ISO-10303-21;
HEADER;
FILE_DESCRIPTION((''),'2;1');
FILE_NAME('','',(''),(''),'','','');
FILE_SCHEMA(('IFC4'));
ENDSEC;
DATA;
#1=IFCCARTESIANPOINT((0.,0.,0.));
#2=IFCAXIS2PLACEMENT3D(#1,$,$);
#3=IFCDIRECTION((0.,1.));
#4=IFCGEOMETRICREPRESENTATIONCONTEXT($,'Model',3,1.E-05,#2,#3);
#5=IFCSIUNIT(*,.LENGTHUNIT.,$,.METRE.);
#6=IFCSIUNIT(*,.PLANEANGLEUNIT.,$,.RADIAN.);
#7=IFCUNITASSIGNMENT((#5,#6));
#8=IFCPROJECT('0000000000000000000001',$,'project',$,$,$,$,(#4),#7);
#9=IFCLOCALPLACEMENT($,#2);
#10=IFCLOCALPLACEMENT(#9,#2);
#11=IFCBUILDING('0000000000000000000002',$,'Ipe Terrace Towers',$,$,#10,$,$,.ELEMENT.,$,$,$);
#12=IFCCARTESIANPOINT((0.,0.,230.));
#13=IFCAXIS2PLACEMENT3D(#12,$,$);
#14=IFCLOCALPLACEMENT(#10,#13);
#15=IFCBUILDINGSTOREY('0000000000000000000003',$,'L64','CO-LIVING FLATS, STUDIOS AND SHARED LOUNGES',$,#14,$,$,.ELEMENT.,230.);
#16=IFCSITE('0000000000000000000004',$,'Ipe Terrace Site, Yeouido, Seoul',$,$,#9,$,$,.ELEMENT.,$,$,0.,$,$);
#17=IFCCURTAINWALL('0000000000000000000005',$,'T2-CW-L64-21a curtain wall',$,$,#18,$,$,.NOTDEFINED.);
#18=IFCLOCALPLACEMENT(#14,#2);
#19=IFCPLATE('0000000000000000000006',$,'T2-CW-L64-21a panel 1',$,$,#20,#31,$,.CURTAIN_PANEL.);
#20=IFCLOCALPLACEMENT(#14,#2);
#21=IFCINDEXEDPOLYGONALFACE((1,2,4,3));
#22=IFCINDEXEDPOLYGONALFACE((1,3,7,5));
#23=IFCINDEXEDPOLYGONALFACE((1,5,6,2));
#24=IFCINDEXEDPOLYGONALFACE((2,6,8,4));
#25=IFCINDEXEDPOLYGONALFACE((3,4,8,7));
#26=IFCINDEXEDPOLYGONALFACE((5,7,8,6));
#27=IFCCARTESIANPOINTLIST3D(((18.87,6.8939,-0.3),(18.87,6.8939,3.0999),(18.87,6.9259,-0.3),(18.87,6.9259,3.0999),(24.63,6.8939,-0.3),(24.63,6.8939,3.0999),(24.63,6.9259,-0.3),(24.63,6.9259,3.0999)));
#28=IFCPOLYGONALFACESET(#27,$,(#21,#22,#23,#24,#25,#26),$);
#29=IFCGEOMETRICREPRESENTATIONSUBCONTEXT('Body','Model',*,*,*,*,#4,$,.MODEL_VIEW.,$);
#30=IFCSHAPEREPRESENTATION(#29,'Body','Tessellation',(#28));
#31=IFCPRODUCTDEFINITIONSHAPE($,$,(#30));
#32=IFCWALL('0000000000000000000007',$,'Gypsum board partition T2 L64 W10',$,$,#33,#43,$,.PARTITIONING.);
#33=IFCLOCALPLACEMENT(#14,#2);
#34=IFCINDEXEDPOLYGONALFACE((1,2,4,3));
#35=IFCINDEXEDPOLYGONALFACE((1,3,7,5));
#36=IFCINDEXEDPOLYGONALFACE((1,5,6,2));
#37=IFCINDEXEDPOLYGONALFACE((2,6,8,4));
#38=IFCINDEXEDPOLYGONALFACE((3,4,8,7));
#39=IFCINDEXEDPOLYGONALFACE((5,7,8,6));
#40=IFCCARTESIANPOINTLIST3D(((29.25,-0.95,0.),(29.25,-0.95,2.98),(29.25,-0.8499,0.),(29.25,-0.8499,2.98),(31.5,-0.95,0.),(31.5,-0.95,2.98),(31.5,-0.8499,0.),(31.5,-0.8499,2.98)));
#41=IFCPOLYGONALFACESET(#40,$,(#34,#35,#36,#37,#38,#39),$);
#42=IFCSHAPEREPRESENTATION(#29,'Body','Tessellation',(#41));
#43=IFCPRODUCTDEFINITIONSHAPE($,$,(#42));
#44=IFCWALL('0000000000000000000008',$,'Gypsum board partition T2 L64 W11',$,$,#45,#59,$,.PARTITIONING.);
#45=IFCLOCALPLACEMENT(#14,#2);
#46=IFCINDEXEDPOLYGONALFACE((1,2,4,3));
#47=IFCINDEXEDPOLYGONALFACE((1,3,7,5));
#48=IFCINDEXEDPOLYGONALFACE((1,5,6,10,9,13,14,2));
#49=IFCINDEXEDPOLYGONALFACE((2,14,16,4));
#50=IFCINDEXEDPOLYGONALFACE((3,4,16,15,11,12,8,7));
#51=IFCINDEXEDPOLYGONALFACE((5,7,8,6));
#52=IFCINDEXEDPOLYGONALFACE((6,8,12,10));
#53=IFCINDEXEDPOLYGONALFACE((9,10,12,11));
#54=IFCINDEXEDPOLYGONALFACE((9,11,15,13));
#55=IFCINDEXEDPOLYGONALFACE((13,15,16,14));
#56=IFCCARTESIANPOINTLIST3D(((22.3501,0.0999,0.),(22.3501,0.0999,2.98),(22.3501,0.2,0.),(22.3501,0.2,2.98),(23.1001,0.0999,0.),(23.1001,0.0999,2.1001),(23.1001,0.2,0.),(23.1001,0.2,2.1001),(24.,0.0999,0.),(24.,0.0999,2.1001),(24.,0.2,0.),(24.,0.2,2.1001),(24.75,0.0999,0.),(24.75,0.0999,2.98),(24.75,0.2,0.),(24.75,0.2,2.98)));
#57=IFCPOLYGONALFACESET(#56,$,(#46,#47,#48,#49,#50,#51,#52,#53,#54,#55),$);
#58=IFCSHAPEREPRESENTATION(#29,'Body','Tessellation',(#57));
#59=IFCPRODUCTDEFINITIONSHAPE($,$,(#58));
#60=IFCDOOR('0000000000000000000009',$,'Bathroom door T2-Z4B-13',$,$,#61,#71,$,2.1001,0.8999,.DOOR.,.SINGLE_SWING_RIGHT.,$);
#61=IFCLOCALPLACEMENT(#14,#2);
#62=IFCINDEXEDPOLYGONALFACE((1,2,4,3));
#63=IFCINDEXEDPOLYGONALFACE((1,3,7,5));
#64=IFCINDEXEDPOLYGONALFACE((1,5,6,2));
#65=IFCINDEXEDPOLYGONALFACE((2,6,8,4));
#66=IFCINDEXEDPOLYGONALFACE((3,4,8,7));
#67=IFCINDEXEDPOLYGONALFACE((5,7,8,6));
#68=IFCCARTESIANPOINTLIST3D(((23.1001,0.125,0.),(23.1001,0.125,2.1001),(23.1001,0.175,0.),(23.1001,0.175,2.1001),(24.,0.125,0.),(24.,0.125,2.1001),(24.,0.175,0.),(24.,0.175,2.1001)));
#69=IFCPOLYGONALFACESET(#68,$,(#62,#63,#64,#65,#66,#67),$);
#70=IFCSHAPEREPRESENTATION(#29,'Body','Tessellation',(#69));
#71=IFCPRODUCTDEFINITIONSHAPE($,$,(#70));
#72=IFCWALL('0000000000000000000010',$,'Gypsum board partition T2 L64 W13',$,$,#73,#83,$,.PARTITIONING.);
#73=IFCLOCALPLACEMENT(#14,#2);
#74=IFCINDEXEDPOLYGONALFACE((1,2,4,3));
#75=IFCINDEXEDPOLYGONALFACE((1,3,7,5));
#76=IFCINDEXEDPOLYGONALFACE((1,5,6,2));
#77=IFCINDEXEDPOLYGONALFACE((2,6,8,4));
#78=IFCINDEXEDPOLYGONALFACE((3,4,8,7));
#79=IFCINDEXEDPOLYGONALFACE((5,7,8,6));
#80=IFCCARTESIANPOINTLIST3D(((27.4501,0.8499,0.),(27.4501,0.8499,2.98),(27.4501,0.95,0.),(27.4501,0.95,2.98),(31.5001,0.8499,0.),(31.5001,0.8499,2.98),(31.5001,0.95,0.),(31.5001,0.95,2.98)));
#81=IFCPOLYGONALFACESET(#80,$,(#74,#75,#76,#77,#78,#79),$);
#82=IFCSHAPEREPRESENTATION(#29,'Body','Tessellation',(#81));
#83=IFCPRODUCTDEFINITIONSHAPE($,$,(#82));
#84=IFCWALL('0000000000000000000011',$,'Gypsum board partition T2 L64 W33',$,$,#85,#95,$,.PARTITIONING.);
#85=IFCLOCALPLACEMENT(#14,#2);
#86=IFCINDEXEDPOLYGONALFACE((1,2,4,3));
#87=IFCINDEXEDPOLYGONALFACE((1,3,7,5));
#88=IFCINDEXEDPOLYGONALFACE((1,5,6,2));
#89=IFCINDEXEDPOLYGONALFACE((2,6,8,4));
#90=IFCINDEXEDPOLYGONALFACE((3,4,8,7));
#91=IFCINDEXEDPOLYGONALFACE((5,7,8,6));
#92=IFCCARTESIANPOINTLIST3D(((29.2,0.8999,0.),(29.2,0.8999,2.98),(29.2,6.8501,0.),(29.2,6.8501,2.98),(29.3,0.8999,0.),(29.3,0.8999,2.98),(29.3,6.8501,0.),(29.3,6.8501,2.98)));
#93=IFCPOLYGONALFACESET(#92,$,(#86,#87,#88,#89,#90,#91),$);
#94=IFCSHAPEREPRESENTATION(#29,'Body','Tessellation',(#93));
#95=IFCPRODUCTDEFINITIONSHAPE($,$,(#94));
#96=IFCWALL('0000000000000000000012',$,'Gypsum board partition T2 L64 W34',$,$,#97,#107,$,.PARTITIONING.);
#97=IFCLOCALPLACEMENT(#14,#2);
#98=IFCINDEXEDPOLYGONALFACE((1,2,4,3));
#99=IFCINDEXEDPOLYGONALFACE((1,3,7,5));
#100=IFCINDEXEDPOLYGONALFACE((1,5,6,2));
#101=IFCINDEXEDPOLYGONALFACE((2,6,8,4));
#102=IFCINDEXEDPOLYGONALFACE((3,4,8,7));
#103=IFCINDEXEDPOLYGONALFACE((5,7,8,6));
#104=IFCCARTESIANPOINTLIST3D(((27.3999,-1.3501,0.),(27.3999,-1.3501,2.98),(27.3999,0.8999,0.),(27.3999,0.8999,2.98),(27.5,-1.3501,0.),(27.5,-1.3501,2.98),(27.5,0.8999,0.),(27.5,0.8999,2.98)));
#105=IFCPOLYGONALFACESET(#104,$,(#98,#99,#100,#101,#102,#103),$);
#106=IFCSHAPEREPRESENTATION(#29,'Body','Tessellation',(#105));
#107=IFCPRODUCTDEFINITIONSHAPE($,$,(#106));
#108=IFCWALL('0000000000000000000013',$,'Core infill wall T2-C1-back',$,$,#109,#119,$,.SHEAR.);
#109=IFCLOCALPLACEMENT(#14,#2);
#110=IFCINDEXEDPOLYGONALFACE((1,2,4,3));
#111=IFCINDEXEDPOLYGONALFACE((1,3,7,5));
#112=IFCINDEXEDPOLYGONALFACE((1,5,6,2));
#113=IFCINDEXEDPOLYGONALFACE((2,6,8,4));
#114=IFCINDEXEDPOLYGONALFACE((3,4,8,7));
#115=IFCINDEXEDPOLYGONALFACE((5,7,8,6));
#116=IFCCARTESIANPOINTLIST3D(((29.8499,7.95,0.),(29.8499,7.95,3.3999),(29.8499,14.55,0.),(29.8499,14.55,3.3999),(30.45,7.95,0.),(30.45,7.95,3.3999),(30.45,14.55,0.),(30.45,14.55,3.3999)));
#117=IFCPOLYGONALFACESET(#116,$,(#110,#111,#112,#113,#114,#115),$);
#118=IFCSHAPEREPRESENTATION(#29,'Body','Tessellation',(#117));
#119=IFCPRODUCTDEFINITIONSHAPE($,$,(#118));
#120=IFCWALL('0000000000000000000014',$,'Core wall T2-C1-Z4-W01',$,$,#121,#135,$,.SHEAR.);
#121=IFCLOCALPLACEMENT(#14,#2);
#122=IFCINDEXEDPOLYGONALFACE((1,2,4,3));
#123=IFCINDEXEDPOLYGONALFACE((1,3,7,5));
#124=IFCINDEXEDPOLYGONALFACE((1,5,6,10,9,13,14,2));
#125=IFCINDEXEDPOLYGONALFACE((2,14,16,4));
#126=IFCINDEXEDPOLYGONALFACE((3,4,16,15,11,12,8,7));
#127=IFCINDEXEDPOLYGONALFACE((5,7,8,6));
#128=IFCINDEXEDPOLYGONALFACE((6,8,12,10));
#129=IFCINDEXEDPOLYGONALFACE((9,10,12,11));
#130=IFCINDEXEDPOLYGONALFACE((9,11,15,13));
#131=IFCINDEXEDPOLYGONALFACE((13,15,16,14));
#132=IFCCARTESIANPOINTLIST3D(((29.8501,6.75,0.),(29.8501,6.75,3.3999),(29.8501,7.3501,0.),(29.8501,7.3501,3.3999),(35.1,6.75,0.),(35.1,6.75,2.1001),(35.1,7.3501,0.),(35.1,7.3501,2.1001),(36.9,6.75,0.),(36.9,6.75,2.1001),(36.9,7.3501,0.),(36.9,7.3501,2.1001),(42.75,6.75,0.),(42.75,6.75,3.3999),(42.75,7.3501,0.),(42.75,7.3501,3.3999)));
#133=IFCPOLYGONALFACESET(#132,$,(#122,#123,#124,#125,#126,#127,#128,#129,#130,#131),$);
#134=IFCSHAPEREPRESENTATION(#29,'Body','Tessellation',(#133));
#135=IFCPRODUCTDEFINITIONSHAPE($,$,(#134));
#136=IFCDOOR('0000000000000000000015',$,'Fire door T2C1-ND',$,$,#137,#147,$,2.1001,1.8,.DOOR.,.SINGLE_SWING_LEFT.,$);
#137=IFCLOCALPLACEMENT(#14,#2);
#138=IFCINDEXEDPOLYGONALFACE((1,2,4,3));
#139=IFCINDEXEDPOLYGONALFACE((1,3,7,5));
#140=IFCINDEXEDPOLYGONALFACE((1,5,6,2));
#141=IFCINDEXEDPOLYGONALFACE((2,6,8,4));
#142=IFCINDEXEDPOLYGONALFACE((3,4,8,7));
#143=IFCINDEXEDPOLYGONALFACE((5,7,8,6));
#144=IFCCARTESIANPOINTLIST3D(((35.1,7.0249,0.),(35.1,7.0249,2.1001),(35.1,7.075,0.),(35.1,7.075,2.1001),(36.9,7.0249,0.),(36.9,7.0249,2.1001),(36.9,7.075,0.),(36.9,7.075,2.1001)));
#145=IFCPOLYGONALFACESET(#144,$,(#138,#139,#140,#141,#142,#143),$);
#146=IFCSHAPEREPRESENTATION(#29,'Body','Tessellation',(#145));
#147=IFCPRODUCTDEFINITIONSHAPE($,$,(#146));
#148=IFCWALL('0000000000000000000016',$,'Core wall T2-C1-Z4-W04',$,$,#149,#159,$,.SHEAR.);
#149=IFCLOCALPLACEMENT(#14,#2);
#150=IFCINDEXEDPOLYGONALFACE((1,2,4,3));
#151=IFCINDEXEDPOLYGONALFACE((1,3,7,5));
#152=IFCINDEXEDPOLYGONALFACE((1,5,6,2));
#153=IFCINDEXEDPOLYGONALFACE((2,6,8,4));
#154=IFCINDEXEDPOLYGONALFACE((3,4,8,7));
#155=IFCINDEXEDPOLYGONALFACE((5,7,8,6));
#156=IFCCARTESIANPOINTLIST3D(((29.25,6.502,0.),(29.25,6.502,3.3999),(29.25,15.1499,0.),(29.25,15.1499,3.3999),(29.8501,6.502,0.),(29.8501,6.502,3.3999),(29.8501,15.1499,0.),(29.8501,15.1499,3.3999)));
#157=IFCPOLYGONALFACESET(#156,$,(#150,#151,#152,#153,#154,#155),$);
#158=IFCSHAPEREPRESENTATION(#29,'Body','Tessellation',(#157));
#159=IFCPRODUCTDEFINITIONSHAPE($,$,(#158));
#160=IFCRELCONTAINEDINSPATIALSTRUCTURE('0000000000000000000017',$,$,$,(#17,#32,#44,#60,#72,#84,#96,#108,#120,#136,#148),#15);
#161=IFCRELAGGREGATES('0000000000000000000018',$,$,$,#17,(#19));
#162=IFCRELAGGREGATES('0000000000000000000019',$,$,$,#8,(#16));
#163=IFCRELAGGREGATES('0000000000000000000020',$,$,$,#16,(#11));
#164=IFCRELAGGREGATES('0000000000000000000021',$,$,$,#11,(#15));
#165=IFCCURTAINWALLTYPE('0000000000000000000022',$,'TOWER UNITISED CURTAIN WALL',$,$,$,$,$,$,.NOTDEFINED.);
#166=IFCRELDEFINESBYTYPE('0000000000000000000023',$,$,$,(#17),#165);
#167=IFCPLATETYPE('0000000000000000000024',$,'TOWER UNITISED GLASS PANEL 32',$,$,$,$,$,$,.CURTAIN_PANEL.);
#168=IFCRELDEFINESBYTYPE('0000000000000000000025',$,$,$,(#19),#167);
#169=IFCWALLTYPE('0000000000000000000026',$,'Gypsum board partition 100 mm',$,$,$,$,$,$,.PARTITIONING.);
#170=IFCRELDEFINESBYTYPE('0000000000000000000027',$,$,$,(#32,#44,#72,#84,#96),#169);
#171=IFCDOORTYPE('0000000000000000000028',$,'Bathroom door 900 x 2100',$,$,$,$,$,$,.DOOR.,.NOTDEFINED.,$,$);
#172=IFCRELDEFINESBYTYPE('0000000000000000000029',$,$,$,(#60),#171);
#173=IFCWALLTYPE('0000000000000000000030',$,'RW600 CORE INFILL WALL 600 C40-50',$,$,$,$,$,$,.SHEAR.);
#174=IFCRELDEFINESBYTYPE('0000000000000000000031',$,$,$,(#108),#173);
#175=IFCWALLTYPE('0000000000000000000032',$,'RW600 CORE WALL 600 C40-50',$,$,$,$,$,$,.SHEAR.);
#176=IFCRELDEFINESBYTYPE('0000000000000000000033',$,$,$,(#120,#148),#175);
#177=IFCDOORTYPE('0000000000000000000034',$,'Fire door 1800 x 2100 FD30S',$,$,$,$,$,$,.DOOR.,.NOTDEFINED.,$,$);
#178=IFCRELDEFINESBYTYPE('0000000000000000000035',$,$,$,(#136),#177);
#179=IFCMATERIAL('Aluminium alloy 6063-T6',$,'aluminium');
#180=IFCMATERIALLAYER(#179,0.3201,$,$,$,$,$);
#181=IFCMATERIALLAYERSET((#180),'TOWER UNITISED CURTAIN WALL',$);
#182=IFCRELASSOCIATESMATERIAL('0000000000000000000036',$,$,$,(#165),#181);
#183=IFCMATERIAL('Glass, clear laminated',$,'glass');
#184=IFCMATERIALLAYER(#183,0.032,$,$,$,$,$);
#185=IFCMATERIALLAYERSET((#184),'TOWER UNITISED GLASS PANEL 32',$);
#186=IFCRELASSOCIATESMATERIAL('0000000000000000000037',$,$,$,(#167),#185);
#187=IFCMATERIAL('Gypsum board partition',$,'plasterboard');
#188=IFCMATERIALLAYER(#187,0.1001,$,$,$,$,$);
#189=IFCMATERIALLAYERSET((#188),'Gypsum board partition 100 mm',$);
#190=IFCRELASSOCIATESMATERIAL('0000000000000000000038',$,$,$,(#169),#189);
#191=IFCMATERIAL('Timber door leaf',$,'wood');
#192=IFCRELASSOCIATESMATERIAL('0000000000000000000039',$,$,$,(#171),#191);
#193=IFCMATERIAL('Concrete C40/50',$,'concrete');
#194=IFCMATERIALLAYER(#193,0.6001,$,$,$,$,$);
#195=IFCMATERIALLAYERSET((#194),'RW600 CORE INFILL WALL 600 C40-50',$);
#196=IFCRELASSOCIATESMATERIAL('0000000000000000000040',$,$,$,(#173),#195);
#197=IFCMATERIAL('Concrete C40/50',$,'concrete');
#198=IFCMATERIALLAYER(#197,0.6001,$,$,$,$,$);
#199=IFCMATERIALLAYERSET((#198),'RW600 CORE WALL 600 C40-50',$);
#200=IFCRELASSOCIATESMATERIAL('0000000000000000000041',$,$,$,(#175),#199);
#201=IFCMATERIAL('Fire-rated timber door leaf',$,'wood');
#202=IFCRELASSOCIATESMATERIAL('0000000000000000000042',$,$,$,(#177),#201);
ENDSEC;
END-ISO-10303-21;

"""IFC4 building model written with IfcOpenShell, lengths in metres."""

from ifc_helpers import new_model, si_unit, direction, frame, frame_2d, origin, origin_2d, place, context, subcontext, project, spatial, rectangle, extrude, material, layer, layer_set, type_object, element, fill, aggregate, save


model = new_model("IFC4")

# Units and contexts
model_context = context("Model", 3, precision=1e-05, world=origin(), true_north=direction((0.0, 1.0)))
body_context = subcontext(model_context, "Body", "Model", "MODEL_VIEW")
ifc_project = project(units=[si_unit("LENGTHUNIT", "METRE"), si_unit("PLANEANGLEUNIT", "RADIAN")], contexts=[model_context])

# Site, building, storey
site_placement = place(None, origin())
site = spatial("IfcSite", under=ifc_project, at=site_placement, Name="Ipe Terrace Site, Yeouido, Seoul", CompositionType="ELEMENT", RefElevation=0.0)
building_placement = place(site_placement, origin())
building = spatial("IfcBuilding", under=site, at=building_placement, Name="Ipe Terrace Towers", CompositionType="ELEMENT")
storey_placement = place(building_placement, frame((0.0, 0.0, 230.0)))
storey = spatial("IfcBuildingStorey", under=building, at=storey_placement, Name="L64", Description="CO-LIVING FLATS, STUDIOS AND SHARED LOUNGES", CompositionType="ELEMENT", Elevation=230.0)

# Shared definitions
ifc_material_1 = material(Name="Aluminium alloy 6063-T6", Category="aluminium")
ifc_layer_1 = layer(ifc_material_1, 0.3201)
ifc_layer_set_1 = layer_set([ifc_layer_1], Name="TOWER UNITISED CURTAIN WALL")
curtain_wall_type = type_object("IfcCurtainWallType", Name="TOWER UNITISED CURTAIN WALL", PredefinedType="NOTDEFINED", material=ifc_layer_set_1)

# Curtain wall
curtain_wall_1_placement = place(storey_placement, origin())
curtain_wall_1 = element("IfcCurtainWall", 1, at=curtain_wall_1_placement, inside=storey, type_object=curtain_wall_type, Name="T2-CW-L64-21a curtain wall", PredefinedType="NOTDEFINED")

# Plate
ifc_material_2 = material(Name="Glass, clear laminated", Category="glass")
ifc_layer_2 = layer(ifc_material_2, 0.032)
ifc_layer_set_2 = layer_set([ifc_layer_2], Name="TOWER UNITISED GLASS PANEL 32")
plate_type = type_object("IfcPlateType", Name="TOWER UNITISED GLASS PANEL 32", PredefinedType="CURTAIN_PANEL", material=ifc_layer_set_2)
plate_1_placement = place(storey_placement, frame((21.75, 6.9099, -0.3), z_axis=(0.0, 0.0, 1.0), x_axis=(-1.0, 0.0, 0.0)))
plate_1 = element("IfcPlate", 2, at=plate_1_placement, type_object=plate_type, Name="T2-CW-L64-21a panel 1", PredefinedType="CURTAIN_PANEL", context=body_context, shape_type="SweptSolid", body=[
    extrude(rectangle(XDim=5.76, YDim=0.032, at=origin_2d()), origin(), (0.0, 0.0, 1.0), 3.3999),
])
aggregate(curtain_wall_1, [plate_1])

# Wall
ifc_material_3 = material(Name="Gypsum board partition", Category="plasterboard")
ifc_layer_3 = layer(ifc_material_3, 0.1001)
ifc_layer_set_3 = layer_set([ifc_layer_3], Name="Gypsum board partition 100 mm")
wall_type_1 = type_object("IfcWallType", Name="Gypsum board partition 100 mm", PredefinedType="PARTITIONING", material=ifc_layer_set_3)
wall_1_placement = place(storey_placement, frame((31.5, -0.8999, 0.0), z_axis=(0.0, 0.0, 1.0), x_axis=(-1.0, 0.0, 0.0)))
element("IfcWall", 3, at=wall_1_placement, inside=storey, type_object=wall_type_1, Name="Gypsum board partition T2 L64 W10", PredefinedType="PARTITIONING", context=body_context, shape_type="SweptSolid", body=[
    extrude(rectangle(XDim=2.25, YDim=0.1001, at=frame_2d((1.125, 0.0))), origin(), (0.0, 0.0, 1.0), 2.98),
])

# Wall, opening, door
wall_2_placement = place(storey_placement, frame((24.75, 0.1499, 0.0), z_axis=(0.0, 0.0, 1.0), x_axis=(-1.0, 0.0, 0.0)))
wall_2 = element("IfcWall", 4, at=wall_2_placement, inside=storey, type_object=wall_type_1, Name="Gypsum board partition T2 L64 W11", PredefinedType="PARTITIONING", context=body_context, shape_type="SweptSolid", body=[
    extrude(rectangle(XDim=2.3999, YDim=0.1001, at=frame_2d((1.2, 0.0))), origin(), (0.0, 0.0, 1.0), 2.98),
])
opening_1_placement = place(wall_2_placement, frame((0.75, 0.0, 0.0)))
opening_1 = element("IfcOpeningElement", 5, at=opening_1_placement, cuts=wall_2, PredefinedType="OPENING", context=body_context, shape_type="SweptSolid", body=[
    extrude(rectangle(XDim=0.8999, YDim=2.1001, at=frame_2d((0.45, 1.05))), frame((0.0, 0.0601, 0.0), z_axis=(0.0, -1.0, 0.0), x_axis=(1.0, 0.0, 0.0)), (0.0, 0.0, 1.0), 0.1201),
])
ifc_material_4 = material(Name="Timber door leaf", Category="wood")
door_type_1 = type_object("IfcDoorType", Name="Bathroom door 900 x 2100", OperationType="NOTDEFINED", PredefinedType="DOOR", material=ifc_material_4)
door_1_placement = place(opening_1_placement, origin())
door_1 = element("IfcDoor", 6, at=door_1_placement, inside=storey, type_object=door_type_1, Name="Bathroom door T2-Z4B-13", OperationType="SINGLE_SWING_RIGHT", OverallHeight=2.1001, OverallWidth=0.8999, PredefinedType="DOOR", context=body_context, shape_type="SweptSolid", body=[
    extrude(rectangle(XDim=0.8999, YDim=2.1001, at=frame_2d((0.45, 1.05))), frame((0.0, 0.0249, 0.0), z_axis=(0.0, -1.0, 0.0), x_axis=(1.0, 0.0, 0.0)), (0.0, 0.0, 1.0), 0.05),
])
fill(opening_1, door_1)

# Walls
wall_3_placement = place(storey_placement, frame((31.5, 0.8999, 0.0), z_axis=(0.0, 0.0, 1.0), x_axis=(-1.0, 0.0, 0.0)))
element("IfcWall", 7, at=wall_3_placement, inside=storey, type_object=wall_type_1, Name="Gypsum board partition T2 L64 W13", PredefinedType="PARTITIONING", context=body_context, shape_type="SweptSolid", body=[
    extrude(rectangle(XDim=4.05, YDim=0.1001, at=frame_2d((2.0249, 0.0))), origin(), (0.0, 0.0, 1.0), 2.98),
])
wall_4_placement = place(storey_placement, frame((29.25, 0.8999, 0.0), z_axis=(0.0, 0.0, 1.0), x_axis=(0.0, 1.0, 0.0)))
element("IfcWall", 8, at=wall_4_placement, inside=storey, type_object=wall_type_1, Name="Gypsum board partition T2 L64 W33", PredefinedType="PARTITIONING", context=body_context, shape_type="SweptSolid", body=[
    extrude(rectangle(XDim=5.9502, YDim=0.1001, at=frame_2d((2.9751, 0.0))), origin(), (0.0, 0.0, 1.0), 2.98),
])
wall_5_placement = place(storey_placement, frame((27.45, -1.3501, 0.0), z_axis=(0.0, 0.0, 1.0), x_axis=(0.0, 1.0, 0.0)))
element("IfcWall", 9, at=wall_5_placement, inside=storey, type_object=wall_type_1, Name="Gypsum board partition T2 L64 W34", PredefinedType="PARTITIONING", context=body_context, shape_type="SweptSolid", body=[
    extrude(rectangle(XDim=2.25, YDim=0.1001, at=frame_2d((1.125, 0.0))), origin(), (0.0, 0.0, 1.0), 2.98),
])
ifc_material_5 = material(Name="Concrete C40/50", Category="concrete")
ifc_layer_4 = layer(ifc_material_5, 0.6001)
ifc_layer_set_4 = layer_set([ifc_layer_4], Name="RW600 CORE INFILL WALL 600 C40-50")
wall_type_2 = type_object("IfcWallType", Name="RW600 CORE INFILL WALL 600 C40-50", PredefinedType="SHEAR", material=ifc_layer_set_4)
wall_6_placement = place(storey_placement, frame((30.1499, 7.95, 0.0), z_axis=(0.0, 0.0, 1.0), x_axis=(0.0, 1.0, 0.0)))
element("IfcWall", 10, at=wall_6_placement, inside=storey, type_object=wall_type_2, Name="Core infill wall T2-C1-back", PredefinedType="SHEAR", context=body_context, shape_type="SweptSolid", body=[
    extrude(rectangle(XDim=6.6001, YDim=0.6001, at=frame_2d((3.3, 0.0))), origin(), (0.0, 0.0, 1.0), 3.3999),
])

# Wall, opening, door
ifc_material_6 = material(Name="Concrete C40/50", Category="concrete")
ifc_layer_5 = layer(ifc_material_6, 0.6001)
ifc_layer_set_5 = layer_set([ifc_layer_5], Name="RW600 CORE WALL 600 C40-50")
wall_type_3 = type_object("IfcWallType", Name="RW600 CORE WALL 600 C40-50", PredefinedType="SHEAR", material=ifc_layer_set_5)
wall_7_placement = place(storey_placement, frame((29.8501, 7.05, 0.0), z_axis=(0.0, 0.0, 1.0), x_axis=(1.0, 0.0, 0.0)))
wall_7 = element("IfcWall", 11, at=wall_7_placement, inside=storey, type_object=wall_type_3, Name="Core wall T2-C1-Z4-W01", PredefinedType="SHEAR", context=body_context, shape_type="SweptSolid", body=[
    extrude(rectangle(XDim=12.8999, YDim=0.6001, at=frame_2d((6.45, 0.0))), origin(), (0.0, 0.0, 1.0), 3.3999),
])
opening_2_placement = place(wall_7_placement, frame((5.25, 0.0, 0.0)))
opening_2 = element("IfcOpeningElement", 12, at=opening_2_placement, cuts=wall_7, PredefinedType="OPENING", context=body_context, shape_type="SweptSolid", body=[
    extrude(rectangle(XDim=1.8, YDim=2.1001, at=frame_2d((0.8999, 1.05))), frame((0.0, 0.3101, 0.0), z_axis=(0.0, -1.0, 0.0), x_axis=(1.0, 0.0, 0.0)), (0.0, 0.0, 1.0), 0.6201),
])
ifc_material_7 = material(Name="Fire-rated timber door leaf", Category="wood")
door_type_2 = type_object("IfcDoorType", Name="Fire door 1800 x 2100 FD30S", OperationType="NOTDEFINED", PredefinedType="DOOR", material=ifc_material_7)
door_2_placement = place(opening_2_placement, origin())
door_2 = element("IfcDoor", 13, at=door_2_placement, inside=storey, type_object=door_type_2, Name="Fire door T2C1-ND", OperationType="SINGLE_SWING_LEFT", OverallHeight=2.1001, OverallWidth=1.8, PredefinedType="DOOR", context=body_context, shape_type="SweptSolid", body=[
    extrude(rectangle(XDim=1.8, YDim=2.1001, at=frame_2d((0.8999, 1.05))), frame((0.0, 0.0249, 0.0), z_axis=(0.0, -1.0, 0.0), x_axis=(1.0, 0.0, 0.0)), (0.0, 0.0, 1.0), 0.05),
])
fill(opening_2, door_2)

# Wall
wall_8_placement = place(storey_placement, frame((29.55, 15.1499, 0.0), z_axis=(0.0, 0.0, 1.0), x_axis=(0.0, -1.0, 0.0)))
element("IfcWall", 14, at=wall_8_placement, inside=storey, type_object=wall_type_3, Name="Core wall T2-C1-Z4-W04", PredefinedType="SHEAR", context=body_context, shape_type="SweptSolid", body=[
    extrude(rectangle(XDim=8.6479, YDim=0.6001, at=frame_2d((4.324, 0.0))), origin(), (0.0, 0.0, 1.0), 3.3999),
])

save(model, "model.ifc")
